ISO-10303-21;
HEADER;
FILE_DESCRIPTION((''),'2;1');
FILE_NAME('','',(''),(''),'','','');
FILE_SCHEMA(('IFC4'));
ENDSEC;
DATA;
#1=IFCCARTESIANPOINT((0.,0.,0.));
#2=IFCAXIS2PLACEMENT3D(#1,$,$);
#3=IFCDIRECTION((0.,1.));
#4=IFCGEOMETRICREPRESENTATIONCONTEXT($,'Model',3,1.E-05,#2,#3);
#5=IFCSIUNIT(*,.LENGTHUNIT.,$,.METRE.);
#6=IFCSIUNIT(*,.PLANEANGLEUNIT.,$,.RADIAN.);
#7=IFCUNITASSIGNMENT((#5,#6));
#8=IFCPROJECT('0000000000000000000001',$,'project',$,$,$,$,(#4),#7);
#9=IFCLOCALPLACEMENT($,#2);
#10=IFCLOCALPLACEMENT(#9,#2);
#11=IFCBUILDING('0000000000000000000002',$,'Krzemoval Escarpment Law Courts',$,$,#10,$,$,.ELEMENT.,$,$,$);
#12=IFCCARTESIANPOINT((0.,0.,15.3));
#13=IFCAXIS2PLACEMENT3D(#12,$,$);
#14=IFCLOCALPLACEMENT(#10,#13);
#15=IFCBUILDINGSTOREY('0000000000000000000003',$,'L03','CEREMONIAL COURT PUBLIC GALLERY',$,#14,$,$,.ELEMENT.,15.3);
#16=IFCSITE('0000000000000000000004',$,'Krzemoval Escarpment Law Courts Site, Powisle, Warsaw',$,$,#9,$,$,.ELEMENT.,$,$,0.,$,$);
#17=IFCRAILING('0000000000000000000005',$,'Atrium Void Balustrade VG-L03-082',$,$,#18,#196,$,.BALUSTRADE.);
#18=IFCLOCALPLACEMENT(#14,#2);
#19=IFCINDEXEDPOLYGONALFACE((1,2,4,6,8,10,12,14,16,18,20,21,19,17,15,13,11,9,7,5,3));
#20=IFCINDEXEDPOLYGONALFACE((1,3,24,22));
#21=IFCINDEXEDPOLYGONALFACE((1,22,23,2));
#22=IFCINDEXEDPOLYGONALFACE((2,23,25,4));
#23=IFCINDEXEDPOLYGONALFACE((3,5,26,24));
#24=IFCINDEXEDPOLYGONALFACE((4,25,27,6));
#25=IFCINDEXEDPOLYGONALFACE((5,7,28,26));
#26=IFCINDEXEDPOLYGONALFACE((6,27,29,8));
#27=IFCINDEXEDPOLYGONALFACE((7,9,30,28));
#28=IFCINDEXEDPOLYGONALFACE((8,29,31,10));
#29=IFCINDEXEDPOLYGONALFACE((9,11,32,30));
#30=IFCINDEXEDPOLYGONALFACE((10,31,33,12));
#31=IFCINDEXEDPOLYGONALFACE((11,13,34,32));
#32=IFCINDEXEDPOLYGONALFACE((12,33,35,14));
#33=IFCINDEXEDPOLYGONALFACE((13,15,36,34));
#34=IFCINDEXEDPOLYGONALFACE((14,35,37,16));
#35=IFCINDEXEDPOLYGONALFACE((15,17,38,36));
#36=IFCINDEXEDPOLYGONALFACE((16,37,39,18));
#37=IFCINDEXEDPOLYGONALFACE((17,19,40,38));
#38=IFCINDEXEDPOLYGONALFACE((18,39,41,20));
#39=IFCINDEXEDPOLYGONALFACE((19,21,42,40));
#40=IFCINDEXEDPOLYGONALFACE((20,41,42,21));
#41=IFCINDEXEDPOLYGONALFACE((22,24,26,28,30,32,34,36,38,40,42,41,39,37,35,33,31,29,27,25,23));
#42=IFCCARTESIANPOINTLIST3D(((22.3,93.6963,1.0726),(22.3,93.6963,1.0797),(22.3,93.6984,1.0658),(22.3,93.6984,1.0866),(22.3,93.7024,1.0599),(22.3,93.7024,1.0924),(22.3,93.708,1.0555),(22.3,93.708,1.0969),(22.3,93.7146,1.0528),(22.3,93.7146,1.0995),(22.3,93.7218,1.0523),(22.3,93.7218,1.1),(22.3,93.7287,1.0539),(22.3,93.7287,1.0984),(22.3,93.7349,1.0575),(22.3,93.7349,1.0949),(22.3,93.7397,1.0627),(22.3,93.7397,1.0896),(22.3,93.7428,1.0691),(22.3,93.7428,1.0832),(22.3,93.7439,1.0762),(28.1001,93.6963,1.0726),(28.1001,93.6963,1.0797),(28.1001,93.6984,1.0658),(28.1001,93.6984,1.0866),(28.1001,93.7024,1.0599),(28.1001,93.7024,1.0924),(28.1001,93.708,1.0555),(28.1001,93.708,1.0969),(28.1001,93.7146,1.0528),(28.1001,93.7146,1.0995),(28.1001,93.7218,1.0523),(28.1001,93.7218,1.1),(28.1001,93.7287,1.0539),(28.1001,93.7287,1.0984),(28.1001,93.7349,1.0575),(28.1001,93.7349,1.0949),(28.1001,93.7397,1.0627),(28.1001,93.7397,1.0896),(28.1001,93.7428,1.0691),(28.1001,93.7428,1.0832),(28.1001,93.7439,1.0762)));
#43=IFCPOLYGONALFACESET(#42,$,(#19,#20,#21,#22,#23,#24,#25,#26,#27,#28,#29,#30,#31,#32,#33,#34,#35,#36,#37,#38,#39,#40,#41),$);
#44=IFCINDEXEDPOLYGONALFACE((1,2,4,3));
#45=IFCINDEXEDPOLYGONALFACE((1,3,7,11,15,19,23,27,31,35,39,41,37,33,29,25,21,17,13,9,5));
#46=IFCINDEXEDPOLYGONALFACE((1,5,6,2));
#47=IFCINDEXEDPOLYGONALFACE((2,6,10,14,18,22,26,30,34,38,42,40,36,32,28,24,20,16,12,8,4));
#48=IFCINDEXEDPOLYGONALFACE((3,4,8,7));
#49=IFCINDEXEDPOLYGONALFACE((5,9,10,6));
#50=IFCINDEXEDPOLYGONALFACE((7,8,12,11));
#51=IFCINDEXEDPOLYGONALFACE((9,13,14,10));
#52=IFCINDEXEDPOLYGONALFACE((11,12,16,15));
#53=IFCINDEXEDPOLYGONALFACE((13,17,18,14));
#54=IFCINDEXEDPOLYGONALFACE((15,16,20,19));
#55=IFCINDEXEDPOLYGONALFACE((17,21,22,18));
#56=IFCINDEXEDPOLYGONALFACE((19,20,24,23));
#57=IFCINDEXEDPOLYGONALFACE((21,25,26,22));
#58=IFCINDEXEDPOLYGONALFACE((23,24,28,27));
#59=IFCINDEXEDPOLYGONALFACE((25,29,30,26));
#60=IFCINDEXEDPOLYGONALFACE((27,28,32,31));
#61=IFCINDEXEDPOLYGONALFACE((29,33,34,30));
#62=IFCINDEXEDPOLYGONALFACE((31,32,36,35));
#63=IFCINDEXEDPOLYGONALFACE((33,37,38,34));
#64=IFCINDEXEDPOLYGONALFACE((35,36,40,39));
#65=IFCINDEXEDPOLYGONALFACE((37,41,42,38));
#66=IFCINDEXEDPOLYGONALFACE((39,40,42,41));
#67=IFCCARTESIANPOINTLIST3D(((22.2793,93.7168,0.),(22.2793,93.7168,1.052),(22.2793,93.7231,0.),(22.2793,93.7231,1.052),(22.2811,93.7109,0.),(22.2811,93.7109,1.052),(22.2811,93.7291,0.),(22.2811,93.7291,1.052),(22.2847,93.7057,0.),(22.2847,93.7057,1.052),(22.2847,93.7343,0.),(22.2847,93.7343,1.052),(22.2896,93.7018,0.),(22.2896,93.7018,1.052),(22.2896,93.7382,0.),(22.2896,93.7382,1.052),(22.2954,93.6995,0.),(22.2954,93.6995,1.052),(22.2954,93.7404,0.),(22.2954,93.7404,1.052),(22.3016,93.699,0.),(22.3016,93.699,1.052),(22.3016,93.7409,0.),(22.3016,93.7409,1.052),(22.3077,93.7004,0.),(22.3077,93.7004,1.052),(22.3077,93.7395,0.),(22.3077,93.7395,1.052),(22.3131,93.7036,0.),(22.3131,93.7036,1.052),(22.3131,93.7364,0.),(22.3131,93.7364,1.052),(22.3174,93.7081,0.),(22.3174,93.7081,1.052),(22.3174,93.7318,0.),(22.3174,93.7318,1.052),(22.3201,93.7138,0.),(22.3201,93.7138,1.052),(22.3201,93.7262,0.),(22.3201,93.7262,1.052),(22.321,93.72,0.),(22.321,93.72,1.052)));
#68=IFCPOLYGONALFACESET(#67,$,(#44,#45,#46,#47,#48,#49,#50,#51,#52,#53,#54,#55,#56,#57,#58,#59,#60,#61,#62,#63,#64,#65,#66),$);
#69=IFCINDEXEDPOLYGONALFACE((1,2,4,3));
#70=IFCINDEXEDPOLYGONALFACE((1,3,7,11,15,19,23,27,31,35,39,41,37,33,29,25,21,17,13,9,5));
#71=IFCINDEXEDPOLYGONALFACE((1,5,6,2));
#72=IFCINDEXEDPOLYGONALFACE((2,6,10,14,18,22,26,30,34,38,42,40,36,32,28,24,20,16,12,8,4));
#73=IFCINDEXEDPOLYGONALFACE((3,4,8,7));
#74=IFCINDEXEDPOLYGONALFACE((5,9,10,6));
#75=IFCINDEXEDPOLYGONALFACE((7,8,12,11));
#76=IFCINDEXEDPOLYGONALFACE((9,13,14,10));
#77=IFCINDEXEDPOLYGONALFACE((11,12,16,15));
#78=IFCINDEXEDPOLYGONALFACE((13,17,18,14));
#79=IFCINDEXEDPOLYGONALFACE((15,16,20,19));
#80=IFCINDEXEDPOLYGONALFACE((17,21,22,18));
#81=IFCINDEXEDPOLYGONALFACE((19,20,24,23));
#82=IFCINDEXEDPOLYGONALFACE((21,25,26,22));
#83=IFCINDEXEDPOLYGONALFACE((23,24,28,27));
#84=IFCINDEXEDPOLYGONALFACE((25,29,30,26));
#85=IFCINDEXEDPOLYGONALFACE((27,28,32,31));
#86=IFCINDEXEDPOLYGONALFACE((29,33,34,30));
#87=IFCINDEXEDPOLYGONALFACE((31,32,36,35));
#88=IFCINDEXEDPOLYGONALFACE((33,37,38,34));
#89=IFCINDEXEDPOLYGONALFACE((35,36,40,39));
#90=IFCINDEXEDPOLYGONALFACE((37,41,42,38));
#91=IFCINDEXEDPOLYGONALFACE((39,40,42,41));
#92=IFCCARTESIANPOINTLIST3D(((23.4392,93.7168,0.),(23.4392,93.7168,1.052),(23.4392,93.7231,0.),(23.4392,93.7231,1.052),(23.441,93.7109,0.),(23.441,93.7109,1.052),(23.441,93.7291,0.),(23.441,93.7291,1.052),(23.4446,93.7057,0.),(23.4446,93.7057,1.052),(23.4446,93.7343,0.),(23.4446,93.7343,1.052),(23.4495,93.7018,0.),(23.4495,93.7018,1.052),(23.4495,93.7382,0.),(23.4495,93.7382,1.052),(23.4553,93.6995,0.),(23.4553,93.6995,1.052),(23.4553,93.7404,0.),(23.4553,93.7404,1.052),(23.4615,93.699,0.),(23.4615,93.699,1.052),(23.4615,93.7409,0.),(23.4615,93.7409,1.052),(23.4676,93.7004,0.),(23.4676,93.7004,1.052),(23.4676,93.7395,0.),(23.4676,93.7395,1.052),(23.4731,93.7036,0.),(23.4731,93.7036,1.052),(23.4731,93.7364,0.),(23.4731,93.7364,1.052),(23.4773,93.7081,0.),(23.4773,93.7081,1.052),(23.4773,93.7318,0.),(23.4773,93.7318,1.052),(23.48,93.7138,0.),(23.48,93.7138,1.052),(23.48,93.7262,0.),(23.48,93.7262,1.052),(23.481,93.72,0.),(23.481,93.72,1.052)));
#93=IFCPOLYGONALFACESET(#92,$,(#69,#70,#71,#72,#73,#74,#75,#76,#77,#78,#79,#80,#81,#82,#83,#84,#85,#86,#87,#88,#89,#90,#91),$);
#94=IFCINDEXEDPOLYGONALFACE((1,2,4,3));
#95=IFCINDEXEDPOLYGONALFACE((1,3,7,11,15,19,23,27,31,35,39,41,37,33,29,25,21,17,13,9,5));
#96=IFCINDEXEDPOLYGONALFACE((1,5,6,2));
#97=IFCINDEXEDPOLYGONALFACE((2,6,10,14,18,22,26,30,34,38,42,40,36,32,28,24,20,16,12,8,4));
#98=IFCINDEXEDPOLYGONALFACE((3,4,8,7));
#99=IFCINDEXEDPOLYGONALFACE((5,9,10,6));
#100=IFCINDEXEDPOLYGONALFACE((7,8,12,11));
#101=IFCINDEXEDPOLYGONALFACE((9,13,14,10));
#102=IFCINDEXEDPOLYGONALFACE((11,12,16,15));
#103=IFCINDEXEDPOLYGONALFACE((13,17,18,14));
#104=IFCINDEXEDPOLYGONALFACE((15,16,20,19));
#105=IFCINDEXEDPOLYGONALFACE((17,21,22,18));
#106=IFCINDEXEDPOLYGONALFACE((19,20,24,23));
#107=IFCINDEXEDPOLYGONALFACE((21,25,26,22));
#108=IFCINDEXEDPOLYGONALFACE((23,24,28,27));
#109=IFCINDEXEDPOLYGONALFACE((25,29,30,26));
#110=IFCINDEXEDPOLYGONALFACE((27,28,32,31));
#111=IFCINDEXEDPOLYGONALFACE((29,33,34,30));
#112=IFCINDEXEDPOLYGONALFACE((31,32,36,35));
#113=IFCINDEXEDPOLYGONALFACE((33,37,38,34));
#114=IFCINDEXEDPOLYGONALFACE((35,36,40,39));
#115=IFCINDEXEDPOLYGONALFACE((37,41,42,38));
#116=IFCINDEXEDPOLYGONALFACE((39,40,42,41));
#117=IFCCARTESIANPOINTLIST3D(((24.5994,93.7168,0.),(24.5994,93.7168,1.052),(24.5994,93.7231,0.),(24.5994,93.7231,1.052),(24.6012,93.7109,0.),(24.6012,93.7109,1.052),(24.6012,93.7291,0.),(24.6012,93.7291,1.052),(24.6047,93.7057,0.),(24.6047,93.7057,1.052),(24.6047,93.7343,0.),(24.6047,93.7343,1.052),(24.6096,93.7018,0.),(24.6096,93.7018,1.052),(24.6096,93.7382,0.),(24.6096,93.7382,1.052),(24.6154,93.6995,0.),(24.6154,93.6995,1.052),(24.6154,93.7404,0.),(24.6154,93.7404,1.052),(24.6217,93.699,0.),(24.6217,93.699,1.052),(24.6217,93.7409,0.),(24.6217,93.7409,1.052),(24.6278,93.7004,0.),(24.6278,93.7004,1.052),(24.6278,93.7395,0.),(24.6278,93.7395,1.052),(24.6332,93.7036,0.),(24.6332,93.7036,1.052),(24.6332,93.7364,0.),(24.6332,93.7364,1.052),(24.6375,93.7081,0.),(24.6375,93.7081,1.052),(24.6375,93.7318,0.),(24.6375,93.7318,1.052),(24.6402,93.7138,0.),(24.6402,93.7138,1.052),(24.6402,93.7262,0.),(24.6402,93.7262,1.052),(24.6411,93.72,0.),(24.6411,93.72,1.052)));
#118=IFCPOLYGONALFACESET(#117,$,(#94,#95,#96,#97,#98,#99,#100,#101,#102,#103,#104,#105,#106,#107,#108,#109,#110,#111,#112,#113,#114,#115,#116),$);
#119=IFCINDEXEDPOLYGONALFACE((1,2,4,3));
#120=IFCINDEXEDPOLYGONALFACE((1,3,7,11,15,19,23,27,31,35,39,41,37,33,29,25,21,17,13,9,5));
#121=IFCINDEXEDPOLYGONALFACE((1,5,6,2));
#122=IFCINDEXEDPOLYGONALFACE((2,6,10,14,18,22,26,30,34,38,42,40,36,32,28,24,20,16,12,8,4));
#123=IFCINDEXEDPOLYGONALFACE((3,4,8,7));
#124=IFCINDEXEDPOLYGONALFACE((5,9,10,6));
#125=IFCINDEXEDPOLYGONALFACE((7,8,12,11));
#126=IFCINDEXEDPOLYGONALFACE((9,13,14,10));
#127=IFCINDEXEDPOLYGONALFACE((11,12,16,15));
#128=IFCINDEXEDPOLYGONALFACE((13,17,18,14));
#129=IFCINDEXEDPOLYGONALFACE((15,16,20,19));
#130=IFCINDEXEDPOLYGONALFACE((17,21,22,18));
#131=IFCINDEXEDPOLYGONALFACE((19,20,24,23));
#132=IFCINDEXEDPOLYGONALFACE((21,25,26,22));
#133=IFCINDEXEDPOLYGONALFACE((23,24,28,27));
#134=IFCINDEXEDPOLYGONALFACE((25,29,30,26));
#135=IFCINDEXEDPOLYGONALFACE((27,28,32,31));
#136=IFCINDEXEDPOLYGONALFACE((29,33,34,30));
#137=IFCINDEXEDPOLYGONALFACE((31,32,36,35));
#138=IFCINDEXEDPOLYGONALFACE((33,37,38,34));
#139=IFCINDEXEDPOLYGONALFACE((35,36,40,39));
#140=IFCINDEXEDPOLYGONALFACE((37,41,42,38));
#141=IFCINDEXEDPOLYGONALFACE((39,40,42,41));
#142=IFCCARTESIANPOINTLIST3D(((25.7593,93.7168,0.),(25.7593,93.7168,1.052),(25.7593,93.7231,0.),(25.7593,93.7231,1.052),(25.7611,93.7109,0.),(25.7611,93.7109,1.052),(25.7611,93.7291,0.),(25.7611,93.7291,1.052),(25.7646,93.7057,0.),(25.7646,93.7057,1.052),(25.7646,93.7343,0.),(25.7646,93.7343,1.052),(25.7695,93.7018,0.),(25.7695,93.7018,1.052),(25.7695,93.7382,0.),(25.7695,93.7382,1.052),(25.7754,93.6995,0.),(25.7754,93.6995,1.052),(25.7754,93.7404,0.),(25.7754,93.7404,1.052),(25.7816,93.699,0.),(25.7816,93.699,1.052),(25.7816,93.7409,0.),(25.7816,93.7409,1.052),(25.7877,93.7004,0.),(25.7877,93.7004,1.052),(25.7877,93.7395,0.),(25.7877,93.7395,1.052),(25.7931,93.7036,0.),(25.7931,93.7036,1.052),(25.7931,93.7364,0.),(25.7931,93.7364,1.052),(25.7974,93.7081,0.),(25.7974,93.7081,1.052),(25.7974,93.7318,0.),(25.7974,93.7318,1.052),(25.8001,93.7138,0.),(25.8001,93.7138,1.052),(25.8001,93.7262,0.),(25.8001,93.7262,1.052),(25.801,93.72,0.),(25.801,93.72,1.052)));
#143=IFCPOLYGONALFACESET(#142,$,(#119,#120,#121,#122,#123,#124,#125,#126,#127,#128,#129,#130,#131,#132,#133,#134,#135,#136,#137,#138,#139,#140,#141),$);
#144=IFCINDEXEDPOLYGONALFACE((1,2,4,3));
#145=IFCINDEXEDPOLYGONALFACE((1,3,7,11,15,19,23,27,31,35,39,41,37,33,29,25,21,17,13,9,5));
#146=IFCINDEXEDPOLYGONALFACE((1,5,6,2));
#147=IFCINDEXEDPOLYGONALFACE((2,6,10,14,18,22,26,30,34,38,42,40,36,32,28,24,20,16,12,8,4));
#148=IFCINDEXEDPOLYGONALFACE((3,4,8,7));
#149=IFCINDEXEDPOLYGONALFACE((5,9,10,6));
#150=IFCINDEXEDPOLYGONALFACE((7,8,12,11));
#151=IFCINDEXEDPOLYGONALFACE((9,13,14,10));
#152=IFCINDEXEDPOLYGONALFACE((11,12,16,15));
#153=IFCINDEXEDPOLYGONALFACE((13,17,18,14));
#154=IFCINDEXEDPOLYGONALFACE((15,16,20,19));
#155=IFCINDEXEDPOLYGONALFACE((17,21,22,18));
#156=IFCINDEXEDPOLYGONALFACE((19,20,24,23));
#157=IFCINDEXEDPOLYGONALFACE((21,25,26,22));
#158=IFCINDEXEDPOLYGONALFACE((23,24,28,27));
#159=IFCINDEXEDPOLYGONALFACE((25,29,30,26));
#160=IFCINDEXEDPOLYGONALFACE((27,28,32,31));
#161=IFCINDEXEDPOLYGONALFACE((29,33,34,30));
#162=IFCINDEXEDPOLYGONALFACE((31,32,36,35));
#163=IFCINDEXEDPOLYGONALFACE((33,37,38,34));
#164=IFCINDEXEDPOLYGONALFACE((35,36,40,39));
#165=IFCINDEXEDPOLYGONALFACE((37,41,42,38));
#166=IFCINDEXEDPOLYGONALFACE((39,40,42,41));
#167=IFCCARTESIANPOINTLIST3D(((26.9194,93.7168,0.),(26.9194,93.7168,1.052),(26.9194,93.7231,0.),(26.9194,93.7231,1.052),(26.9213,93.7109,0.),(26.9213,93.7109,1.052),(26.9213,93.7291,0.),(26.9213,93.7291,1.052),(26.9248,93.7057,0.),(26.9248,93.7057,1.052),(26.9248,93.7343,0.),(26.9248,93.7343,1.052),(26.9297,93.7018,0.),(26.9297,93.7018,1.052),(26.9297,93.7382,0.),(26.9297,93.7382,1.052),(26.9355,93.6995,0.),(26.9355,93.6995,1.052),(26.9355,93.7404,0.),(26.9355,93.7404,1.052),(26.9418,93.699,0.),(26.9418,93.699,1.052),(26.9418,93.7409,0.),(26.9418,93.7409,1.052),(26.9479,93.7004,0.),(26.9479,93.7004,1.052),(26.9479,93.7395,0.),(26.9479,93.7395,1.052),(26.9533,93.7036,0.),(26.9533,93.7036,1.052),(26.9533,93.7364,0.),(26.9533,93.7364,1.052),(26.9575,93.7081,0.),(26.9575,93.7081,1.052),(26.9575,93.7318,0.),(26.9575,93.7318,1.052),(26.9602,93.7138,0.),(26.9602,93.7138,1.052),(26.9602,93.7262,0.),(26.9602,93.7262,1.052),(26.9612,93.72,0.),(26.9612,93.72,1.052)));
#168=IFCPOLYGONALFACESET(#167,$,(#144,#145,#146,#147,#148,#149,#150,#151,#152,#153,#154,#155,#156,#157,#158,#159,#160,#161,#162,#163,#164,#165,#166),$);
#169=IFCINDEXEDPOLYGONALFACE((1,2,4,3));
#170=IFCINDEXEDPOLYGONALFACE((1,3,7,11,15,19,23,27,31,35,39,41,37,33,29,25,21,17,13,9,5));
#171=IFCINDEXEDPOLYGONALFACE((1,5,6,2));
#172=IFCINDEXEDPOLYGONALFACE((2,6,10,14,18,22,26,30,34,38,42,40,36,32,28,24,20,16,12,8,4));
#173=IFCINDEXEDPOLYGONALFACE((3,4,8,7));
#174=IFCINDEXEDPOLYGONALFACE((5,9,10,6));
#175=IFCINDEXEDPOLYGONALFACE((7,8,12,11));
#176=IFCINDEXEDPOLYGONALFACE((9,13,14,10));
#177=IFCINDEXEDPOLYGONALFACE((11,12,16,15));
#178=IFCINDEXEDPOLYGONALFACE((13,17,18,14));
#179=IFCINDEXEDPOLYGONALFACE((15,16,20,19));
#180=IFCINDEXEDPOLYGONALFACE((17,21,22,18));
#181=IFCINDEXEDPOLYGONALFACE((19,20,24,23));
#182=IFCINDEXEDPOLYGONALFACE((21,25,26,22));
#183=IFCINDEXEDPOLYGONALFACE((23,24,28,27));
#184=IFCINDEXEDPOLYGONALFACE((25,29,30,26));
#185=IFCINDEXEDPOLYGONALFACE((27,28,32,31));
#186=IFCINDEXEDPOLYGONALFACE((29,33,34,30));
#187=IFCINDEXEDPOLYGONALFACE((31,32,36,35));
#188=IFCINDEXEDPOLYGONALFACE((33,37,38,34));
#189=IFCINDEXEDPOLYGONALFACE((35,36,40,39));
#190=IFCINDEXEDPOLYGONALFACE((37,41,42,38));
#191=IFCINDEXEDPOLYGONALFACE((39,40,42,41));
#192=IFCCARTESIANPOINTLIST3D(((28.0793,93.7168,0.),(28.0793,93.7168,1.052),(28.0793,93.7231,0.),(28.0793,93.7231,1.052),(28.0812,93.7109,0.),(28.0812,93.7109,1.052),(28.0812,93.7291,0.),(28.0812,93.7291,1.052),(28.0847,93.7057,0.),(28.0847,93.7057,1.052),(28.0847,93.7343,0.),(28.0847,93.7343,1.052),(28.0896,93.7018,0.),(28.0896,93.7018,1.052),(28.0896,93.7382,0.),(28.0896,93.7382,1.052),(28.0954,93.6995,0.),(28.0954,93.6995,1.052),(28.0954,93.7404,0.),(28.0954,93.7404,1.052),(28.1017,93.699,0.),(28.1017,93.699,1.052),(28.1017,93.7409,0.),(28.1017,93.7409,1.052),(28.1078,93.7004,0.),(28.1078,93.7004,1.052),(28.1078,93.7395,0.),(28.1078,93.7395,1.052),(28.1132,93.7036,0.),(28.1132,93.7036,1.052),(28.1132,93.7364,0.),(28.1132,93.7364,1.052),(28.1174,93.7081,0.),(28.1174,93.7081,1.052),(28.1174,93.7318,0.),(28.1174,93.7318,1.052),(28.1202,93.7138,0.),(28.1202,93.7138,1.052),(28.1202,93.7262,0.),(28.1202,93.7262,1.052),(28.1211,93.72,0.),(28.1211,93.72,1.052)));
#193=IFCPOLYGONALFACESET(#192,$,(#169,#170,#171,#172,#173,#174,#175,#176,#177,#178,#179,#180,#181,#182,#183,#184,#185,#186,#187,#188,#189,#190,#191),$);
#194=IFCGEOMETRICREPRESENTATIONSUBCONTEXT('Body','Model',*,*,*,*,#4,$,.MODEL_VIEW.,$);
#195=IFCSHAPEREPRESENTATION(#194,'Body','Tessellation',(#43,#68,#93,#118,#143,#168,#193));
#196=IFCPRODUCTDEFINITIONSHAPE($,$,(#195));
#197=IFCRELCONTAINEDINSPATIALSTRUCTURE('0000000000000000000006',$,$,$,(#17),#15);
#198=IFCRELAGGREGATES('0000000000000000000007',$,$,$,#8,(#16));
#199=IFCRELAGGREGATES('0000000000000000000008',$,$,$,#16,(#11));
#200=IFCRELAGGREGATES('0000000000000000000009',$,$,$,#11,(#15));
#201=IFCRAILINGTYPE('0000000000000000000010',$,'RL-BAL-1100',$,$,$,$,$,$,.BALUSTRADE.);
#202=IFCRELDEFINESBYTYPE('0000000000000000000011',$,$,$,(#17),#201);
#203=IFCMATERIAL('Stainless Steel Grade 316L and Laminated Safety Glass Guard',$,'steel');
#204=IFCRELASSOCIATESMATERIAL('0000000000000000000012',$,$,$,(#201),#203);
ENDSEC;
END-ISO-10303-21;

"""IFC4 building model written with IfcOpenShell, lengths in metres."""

from ifc_helpers import new_model, si_unit, direction, frame, origin, origin_2d, place, context, subcontext, project, spatial, circle, extrude, material, type_object, element, save


model = new_model("IFC4")

# Units and contexts
model_context = context("Model", 3, precision=1e-05, world=origin(), true_north=direction((0.0, 1.0)))
body_context = subcontext(model_context, "Body", "Model", "MODEL_VIEW")
ifc_project = project(units=[si_unit("LENGTHUNIT", "METRE"), si_unit("PLANEANGLEUNIT", "RADIAN")], contexts=[model_context])

# Site, building, storey
site_placement = place(None, origin())
site = spatial("IfcSite", under=ifc_project, at=site_placement, Name="Krzemoval Escarpment Law Courts Site, Powisle, Warsaw", CompositionType="ELEMENT", RefElevation=0.0)
building_placement = place(site_placement, origin())
building = spatial("IfcBuilding", under=site, at=building_placement, Name="Krzemoval Escarpment Law Courts", CompositionType="ELEMENT")
storey_placement = place(building_placement, frame((0.0, 0.0, 15.3)))
storey = spatial("IfcBuildingStorey", under=building, at=storey_placement, Name="L03", Description="CEREMONIAL COURT PUBLIC GALLERY", CompositionType="ELEMENT", Elevation=15.3)

# Railing
ifc_material_1 = material(Name="Stainless Steel Grade 316L and Laminated Safety Glass Guard", Category="steel")
railing_type = type_object("IfcRailingType", Name="RL-BAL-1100", PredefinedType="BALUSTRADE", material=ifc_material_1)
railing_1_placement = place(storey_placement, frame((22.3, 93.72, 0.0)))
element("IfcRailing", 1, at=railing_1_placement, inside=storey, type_object=railing_type, Name="Atrium Void Balustrade VG-L03-082", PredefinedType="BALUSTRADE", context=body_context, shape_type="SweptSolid", body=[
    extrude(circle(Radius=0.0239, at=origin_2d()), frame((0.0, 0.0, 1.0762), z_axis=(1.0, 0.0, 0.0), x_axis=(0.0, 1.0, 0.0)), (0.0, 0.0, 1.0), 5.8),
    extrude(circle(Radius=0.021, at=origin_2d()), origin(), (0.0, 0.0, 1.0), 1.052),
    extrude(circle(Radius=0.021, at=origin_2d()), frame((1.1599, 0.0, 0.0)), (0.0, 0.0, 1.0), 1.052),
    extrude(circle(Radius=0.021, at=origin_2d()), frame((2.3201, 0.0, 0.0)), (0.0, 0.0, 1.0), 1.052),
    extrude(circle(Radius=0.021, at=origin_2d()), frame((3.48, 0.0, 0.0)), (0.0, 0.0, 1.0), 1.052),
    extrude(circle(Radius=0.021, at=origin_2d()), frame((4.6401, 0.0, 0.0)), (0.0, 0.0, 1.0), 1.052),
    extrude(circle(Radius=0.021, at=origin_2d()), frame((5.8, 0.0, 0.0)), (0.0, 0.0, 1.0), 1.052),
])

save(model, "model.ifc")
